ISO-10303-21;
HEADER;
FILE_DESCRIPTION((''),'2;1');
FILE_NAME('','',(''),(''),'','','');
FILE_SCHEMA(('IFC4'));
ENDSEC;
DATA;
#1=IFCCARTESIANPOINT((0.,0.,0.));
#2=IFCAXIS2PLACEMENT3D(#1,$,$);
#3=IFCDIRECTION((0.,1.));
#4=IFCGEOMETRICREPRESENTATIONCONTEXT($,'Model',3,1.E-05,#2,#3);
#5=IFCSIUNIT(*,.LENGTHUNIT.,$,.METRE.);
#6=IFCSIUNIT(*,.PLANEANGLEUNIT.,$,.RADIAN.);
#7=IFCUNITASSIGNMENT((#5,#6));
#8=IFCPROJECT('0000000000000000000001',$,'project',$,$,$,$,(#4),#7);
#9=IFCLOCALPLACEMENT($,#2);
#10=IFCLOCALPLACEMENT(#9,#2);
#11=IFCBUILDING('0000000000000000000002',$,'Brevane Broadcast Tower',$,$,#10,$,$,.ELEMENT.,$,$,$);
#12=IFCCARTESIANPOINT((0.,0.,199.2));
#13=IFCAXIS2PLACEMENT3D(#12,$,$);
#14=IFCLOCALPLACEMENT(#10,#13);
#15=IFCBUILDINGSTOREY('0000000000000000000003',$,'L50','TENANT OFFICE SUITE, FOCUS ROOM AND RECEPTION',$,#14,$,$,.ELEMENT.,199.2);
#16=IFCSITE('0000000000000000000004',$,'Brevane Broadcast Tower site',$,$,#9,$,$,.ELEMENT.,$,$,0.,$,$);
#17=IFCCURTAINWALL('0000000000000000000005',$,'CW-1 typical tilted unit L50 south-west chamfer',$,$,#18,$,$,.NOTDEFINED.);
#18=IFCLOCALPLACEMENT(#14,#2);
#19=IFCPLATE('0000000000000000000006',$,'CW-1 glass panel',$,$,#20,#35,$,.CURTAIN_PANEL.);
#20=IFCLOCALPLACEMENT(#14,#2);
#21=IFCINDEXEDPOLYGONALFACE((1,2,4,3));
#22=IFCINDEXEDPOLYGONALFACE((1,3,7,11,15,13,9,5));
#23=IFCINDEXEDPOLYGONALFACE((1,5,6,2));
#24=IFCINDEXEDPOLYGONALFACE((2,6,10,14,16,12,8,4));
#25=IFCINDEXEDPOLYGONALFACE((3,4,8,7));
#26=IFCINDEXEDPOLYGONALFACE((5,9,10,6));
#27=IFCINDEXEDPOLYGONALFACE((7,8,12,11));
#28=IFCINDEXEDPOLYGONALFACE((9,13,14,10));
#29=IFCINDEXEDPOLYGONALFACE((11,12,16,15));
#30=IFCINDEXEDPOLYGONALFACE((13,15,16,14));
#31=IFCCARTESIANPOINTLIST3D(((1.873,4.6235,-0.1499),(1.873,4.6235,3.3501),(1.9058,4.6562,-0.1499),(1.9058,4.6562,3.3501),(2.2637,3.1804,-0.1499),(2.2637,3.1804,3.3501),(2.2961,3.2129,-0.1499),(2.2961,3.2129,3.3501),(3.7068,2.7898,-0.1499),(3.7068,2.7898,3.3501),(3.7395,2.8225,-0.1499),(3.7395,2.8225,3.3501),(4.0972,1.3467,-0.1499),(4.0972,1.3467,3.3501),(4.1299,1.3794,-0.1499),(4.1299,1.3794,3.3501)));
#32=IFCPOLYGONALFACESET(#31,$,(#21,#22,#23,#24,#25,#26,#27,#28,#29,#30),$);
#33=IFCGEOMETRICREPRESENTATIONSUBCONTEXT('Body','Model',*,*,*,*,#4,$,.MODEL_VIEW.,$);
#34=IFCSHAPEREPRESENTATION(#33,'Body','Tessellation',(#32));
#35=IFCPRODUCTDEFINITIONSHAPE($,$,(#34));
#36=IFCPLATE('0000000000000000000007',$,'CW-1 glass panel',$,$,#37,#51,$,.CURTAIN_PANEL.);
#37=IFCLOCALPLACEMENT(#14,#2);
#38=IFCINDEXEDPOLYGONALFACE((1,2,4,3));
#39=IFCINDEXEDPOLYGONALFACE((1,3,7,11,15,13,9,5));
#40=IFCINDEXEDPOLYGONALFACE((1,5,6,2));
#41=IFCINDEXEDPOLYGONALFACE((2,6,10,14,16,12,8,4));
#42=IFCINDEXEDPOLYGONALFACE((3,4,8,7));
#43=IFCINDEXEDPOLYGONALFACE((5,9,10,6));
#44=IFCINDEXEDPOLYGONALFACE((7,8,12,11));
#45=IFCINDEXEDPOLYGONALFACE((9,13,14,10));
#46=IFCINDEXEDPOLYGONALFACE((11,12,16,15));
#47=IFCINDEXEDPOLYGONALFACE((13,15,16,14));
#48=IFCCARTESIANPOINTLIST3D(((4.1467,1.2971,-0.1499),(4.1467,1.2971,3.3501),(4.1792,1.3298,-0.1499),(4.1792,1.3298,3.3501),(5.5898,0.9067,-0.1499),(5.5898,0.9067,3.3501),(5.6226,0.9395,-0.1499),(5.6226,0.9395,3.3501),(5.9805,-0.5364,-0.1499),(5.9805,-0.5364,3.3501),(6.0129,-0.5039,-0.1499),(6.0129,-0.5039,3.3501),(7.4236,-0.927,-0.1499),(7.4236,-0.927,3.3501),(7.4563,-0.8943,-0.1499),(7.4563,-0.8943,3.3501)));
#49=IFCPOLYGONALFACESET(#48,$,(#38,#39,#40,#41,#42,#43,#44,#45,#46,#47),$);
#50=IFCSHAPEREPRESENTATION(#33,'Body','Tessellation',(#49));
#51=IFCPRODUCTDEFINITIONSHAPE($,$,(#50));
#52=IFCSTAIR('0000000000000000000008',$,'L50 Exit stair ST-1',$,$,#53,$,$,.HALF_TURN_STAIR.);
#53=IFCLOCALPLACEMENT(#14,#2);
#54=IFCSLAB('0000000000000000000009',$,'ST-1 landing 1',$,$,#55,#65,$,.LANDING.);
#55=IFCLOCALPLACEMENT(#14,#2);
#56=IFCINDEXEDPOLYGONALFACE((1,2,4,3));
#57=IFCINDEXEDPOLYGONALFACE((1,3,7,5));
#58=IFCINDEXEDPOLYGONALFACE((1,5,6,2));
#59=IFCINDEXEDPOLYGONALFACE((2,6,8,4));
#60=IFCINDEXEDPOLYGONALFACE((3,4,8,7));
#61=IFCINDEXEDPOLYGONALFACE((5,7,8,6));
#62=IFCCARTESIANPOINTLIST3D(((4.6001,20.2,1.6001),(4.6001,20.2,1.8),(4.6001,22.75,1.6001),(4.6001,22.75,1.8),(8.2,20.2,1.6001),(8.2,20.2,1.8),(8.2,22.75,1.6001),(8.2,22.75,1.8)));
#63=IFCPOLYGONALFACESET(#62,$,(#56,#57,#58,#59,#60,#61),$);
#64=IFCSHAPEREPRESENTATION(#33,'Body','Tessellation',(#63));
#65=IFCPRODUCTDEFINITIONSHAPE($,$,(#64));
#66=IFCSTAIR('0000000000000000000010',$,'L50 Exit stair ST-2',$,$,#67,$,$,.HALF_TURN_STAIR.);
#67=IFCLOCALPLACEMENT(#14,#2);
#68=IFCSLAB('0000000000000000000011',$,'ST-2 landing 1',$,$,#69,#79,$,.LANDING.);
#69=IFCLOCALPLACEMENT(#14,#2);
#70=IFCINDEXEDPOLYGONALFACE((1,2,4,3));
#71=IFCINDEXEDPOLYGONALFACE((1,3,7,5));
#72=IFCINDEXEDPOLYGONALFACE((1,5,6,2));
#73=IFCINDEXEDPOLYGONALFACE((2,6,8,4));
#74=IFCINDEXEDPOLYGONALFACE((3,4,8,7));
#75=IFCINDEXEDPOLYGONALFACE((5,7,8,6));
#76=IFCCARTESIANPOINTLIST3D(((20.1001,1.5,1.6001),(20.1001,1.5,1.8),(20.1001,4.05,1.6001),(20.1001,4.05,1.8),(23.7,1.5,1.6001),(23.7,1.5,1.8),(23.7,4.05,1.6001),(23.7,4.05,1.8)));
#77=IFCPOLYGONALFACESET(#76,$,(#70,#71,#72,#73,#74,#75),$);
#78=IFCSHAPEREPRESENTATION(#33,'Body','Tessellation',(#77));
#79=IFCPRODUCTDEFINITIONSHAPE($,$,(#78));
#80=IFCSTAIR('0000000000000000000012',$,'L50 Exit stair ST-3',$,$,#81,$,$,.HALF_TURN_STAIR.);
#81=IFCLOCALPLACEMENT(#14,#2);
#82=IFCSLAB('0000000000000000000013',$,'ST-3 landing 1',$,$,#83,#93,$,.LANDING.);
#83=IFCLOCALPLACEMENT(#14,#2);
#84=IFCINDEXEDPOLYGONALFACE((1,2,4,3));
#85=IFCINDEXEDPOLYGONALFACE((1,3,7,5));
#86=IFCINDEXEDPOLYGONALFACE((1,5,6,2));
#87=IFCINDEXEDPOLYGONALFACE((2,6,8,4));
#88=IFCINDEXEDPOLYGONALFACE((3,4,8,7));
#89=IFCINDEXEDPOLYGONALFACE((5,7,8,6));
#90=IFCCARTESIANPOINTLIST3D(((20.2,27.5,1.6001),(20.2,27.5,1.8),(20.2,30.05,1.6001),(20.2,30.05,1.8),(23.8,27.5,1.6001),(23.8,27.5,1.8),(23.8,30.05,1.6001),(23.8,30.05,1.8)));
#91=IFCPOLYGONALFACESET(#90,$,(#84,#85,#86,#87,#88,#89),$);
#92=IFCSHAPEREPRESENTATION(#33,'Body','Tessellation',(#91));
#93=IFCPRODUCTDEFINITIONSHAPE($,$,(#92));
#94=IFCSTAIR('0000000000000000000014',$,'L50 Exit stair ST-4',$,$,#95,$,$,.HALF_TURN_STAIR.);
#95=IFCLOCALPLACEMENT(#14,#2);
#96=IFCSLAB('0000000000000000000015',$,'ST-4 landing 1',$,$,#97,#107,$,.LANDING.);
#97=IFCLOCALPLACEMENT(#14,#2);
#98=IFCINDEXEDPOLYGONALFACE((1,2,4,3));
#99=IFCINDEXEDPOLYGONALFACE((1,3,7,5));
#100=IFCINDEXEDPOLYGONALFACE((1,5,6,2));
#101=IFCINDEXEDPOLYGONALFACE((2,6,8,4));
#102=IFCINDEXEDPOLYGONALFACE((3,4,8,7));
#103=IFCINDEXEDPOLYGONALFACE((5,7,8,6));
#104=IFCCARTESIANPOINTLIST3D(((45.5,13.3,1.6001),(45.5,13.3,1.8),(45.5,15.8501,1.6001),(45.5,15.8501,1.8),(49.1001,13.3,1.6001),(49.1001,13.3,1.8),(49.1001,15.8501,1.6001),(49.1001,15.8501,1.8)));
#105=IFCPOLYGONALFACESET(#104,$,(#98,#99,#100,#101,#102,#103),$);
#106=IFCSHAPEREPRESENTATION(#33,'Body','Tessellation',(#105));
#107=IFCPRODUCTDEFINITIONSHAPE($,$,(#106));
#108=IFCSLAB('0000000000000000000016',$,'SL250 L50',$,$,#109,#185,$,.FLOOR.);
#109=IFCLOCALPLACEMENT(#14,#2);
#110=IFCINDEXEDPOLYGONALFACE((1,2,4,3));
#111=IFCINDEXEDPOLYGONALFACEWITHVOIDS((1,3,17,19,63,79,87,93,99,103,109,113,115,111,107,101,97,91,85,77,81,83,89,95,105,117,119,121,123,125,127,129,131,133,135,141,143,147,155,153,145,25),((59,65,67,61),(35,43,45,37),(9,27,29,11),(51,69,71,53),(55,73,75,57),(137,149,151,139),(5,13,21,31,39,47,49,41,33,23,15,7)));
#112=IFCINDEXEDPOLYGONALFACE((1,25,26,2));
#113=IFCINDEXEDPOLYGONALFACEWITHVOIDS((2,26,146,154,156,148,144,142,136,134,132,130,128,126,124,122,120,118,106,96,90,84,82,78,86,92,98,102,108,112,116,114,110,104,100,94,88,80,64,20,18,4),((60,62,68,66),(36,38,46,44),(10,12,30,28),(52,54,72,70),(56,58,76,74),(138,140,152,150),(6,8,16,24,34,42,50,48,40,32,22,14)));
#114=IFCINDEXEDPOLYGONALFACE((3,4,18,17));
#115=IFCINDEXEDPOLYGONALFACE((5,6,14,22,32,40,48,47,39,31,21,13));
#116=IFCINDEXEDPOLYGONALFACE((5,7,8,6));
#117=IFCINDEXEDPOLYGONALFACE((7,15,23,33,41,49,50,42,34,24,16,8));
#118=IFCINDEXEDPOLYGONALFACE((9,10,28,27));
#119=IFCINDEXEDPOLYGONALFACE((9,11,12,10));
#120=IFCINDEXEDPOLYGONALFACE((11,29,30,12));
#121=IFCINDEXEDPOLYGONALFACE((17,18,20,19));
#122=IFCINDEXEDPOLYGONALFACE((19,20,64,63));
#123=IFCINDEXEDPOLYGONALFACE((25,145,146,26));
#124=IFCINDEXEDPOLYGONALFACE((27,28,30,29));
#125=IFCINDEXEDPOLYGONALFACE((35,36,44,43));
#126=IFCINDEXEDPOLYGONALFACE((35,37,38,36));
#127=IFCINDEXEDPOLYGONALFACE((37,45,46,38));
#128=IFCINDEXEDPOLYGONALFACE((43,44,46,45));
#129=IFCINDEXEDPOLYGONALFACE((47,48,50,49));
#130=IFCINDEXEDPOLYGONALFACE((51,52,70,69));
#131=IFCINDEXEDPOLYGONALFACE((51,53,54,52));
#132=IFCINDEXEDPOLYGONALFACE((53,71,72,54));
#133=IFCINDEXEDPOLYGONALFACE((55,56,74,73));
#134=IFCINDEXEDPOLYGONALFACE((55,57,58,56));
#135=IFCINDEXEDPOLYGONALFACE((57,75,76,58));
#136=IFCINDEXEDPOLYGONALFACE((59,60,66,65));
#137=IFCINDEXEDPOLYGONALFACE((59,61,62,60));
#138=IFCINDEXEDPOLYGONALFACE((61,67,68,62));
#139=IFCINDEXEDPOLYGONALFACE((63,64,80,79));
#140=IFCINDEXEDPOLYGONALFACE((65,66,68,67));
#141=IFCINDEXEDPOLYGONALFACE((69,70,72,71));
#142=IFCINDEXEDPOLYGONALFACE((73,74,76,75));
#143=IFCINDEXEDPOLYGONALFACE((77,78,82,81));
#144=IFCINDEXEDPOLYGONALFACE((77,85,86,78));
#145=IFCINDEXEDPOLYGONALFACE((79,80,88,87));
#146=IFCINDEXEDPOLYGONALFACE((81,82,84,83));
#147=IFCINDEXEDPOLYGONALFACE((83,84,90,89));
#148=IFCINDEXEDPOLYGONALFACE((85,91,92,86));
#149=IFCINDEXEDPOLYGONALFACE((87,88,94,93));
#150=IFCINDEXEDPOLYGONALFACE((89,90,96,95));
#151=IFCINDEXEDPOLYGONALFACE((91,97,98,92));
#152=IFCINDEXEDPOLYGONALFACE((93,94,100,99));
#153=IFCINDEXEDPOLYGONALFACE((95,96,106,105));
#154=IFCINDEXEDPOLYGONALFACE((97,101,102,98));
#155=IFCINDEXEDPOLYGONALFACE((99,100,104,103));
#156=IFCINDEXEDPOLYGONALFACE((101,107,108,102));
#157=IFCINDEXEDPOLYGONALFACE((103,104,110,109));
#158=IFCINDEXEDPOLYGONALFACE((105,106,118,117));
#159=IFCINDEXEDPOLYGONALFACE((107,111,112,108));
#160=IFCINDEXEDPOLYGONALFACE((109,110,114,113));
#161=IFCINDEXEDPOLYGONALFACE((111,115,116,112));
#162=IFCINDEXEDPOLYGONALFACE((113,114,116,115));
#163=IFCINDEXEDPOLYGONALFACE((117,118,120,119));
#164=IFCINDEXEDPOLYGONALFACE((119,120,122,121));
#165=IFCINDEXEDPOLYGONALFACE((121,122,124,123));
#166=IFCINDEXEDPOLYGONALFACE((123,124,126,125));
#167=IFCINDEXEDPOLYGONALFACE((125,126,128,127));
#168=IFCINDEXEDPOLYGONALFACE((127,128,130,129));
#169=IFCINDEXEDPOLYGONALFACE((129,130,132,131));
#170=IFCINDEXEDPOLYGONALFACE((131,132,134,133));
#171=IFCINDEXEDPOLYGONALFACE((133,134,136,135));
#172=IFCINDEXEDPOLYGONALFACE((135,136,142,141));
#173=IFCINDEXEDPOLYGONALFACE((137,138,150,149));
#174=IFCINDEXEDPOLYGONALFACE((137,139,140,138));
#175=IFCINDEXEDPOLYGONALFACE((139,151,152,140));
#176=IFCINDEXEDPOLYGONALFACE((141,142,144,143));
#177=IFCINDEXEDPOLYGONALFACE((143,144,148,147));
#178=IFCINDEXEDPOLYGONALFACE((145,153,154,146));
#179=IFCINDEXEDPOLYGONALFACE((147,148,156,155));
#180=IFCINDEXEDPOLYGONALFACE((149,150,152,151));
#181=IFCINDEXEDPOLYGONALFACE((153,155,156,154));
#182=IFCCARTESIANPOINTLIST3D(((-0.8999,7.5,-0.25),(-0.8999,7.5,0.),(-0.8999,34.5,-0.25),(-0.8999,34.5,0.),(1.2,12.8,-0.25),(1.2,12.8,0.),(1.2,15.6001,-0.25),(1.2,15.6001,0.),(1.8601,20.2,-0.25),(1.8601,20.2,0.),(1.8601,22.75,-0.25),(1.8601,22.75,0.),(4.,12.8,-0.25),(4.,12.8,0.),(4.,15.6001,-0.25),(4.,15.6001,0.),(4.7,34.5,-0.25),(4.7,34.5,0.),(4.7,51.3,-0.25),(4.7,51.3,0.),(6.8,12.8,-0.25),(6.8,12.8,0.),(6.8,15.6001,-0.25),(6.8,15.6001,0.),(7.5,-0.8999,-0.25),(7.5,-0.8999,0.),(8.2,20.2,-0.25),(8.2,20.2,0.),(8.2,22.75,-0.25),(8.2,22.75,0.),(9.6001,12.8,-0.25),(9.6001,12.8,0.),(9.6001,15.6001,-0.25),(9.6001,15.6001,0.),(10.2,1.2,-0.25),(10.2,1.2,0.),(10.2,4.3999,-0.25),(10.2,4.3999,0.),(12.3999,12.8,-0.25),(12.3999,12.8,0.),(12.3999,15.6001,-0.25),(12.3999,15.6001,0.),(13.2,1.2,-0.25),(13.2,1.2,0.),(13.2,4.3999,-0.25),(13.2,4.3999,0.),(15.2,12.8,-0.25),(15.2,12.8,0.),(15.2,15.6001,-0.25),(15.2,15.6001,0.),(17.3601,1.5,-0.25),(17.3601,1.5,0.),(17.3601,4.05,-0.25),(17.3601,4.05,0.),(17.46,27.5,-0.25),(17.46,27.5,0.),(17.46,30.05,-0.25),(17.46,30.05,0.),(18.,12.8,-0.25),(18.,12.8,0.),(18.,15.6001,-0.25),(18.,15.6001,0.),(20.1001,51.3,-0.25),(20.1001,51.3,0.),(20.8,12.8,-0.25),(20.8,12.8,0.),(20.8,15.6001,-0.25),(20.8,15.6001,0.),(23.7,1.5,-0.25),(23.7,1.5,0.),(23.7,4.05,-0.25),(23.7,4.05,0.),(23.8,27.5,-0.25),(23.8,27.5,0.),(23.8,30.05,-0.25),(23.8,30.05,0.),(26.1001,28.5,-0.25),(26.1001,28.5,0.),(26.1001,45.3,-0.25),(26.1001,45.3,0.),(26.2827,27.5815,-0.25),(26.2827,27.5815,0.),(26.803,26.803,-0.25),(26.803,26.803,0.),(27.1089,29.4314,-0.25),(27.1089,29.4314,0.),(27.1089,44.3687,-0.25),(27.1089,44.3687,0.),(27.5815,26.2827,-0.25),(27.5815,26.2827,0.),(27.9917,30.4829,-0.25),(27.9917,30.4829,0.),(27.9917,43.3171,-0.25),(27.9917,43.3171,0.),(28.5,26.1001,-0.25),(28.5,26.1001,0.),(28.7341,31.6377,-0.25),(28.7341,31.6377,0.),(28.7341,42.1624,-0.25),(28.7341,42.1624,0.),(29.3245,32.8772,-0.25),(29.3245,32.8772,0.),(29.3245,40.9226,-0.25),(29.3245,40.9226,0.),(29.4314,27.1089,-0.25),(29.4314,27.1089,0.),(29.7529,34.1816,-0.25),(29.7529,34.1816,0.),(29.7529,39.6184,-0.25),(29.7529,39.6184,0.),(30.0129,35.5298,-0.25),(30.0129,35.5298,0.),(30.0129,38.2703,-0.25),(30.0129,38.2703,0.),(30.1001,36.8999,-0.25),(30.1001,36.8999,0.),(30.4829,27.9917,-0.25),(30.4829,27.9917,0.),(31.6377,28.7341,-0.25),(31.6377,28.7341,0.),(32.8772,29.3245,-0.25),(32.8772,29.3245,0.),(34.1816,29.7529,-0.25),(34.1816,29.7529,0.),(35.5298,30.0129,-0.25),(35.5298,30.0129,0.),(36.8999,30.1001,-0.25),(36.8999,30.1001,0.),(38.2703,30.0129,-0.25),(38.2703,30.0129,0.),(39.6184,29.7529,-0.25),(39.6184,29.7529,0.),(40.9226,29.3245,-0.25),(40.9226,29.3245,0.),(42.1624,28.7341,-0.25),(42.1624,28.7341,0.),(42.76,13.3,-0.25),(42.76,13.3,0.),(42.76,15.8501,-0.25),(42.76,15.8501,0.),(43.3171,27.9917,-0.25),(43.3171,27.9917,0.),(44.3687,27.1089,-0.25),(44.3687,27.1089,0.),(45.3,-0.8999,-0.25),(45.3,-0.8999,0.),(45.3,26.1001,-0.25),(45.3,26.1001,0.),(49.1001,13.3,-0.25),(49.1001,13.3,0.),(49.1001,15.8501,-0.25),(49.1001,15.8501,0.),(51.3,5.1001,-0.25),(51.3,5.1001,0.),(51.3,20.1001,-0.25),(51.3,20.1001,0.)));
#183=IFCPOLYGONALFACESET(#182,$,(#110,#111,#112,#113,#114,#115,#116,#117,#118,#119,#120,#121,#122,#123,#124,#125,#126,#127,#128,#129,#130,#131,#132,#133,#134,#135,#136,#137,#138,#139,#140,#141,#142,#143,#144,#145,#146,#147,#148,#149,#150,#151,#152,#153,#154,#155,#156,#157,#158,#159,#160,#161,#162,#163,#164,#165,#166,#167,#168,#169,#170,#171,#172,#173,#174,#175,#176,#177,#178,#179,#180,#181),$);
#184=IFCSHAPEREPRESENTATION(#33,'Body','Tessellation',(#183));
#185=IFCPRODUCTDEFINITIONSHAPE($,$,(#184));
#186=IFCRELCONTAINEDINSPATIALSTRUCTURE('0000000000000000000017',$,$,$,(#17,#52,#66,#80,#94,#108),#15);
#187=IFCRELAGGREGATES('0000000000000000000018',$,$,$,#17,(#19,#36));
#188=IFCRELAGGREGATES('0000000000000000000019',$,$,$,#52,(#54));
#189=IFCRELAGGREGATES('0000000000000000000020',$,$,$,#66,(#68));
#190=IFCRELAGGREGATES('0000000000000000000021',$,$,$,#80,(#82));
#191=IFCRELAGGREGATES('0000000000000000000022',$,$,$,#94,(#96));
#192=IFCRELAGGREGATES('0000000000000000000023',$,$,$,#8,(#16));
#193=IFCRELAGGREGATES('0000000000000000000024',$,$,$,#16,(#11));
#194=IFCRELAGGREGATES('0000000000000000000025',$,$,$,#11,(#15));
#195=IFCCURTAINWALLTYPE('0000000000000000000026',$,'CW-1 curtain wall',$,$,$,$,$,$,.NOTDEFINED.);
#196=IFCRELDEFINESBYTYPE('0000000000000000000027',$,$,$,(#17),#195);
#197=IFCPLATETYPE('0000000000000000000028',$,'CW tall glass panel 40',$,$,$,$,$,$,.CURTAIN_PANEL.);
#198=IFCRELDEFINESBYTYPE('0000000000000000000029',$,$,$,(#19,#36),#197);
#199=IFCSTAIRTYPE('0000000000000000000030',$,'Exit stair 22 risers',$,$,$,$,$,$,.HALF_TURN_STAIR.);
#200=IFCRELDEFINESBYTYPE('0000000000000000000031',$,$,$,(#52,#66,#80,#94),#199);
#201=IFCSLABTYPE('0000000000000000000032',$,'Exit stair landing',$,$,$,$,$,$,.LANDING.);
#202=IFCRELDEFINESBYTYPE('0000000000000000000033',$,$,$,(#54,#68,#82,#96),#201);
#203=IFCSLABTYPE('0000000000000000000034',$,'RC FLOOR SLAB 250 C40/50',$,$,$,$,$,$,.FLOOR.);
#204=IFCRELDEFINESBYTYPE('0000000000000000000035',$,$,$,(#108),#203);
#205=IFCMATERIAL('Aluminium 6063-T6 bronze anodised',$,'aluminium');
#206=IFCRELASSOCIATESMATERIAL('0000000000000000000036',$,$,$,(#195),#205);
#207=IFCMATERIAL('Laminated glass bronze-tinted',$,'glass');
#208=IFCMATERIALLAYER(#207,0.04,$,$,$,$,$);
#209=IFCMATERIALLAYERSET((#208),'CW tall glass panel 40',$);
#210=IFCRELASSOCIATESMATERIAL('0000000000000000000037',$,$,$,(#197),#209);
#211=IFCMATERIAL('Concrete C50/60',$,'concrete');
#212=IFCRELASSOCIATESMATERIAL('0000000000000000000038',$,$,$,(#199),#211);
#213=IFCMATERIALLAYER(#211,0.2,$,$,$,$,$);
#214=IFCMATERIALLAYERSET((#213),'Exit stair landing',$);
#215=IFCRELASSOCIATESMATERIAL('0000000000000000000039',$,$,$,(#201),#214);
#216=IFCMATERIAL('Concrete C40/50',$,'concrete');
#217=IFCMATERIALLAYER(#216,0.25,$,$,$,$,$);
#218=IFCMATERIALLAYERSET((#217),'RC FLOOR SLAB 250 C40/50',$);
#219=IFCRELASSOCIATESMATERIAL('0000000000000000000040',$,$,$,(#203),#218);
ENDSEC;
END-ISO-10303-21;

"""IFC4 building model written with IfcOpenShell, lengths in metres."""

from ifc_helpers import new_model, si_unit, direction, frame, origin, place, context, subcontext, project, spatial, polyline, outline, extrude, material, layer, layer_set, type_object, element, aggregate, save


model = new_model("IFC4")

# Units and contexts
model_context = context("Model", 3, precision=1e-05, world=origin(), true_north=direction((0.0, 1.0)))
body_context = subcontext(model_context, "Body", "Model", "MODEL_VIEW")
ifc_project = project(units=[si_unit("LENGTHUNIT", "METRE"), si_unit("PLANEANGLEUNIT", "RADIAN")], contexts=[model_context])

# Site, building, storey
site_placement = place(None, origin())
site = spatial("IfcSite", under=ifc_project, at=site_placement, Name="Brevane Broadcast Tower site", CompositionType="ELEMENT", RefElevation=0.0)
building_placement = place(site_placement, origin())
building = spatial("IfcBuilding", under=site, at=building_placement, Name="Brevane Broadcast Tower", CompositionType="ELEMENT")
storey_placement = place(building_placement, frame((0.0, 0.0, 199.2)))
storey = spatial("IfcBuildingStorey", under=building, at=storey_placement, Name="L50", Description="TENANT OFFICE SUITE, FOCUS ROOM AND RECEPTION", CompositionType="ELEMENT", Elevation=199.2)

# Curtain wall
ifc_material_1 = material(Name="Aluminium 6063-T6 bronze anodised", Category="aluminium")
curtain_wall_type = type_object("IfcCurtainWallType", Name="CW-1 curtain wall", PredefinedType="NOTDEFINED", material=ifc_material_1)
curtain_wall_1_placement = place(storey_placement, origin())
curtain_wall_1 = element("IfcCurtainWall", 1, at=curtain_wall_1_placement, inside=storey, type_object=curtain_wall_type, Name="CW-1 typical tilted unit L50 south-west chamfer", PredefinedType="NOTDEFINED")

# Shared definitions
ifc_material_2 = material(Name="Laminated glass bronze-tinted", Category="glass")
ifc_layer_1 = layer(ifc_material_2, 0.04)
ifc_layer_set_1 = layer_set([ifc_layer_1], Name="CW tall glass panel 40")
plate_type = type_object("IfcPlateType", Name="CW tall glass panel 40", PredefinedType="CURTAIN_PANEL", material=ifc_layer_set_1)

# Plates
plate_1_placement = place(storey_placement, frame((0.0, 0.0, -0.1499)))
plate_1 = element("IfcPlate", 2, at=plate_1_placement, type_object=plate_type, Name="CW-1 glass panel", PredefinedType="CURTAIN_PANEL", context=body_context, shape_type="SweptSolid", body=[
    extrude(outline(polyline([(1.9058, 4.6562), (1.873, 4.6235), (2.2637, 3.1804), (3.7068, 2.7898), (4.0972, 1.3467), (4.1299, 1.3794), (3.7395, 2.8225), (2.2961, 3.2129), (1.9058, 4.6562)])), origin(), (0.0, 0.0, 1.0), 3.5),
])
plate_2_placement = place(storey_placement, frame((0.0, 0.0, -0.1499)))
plate_2 = element("IfcPlate", 3, at=plate_2_placement, type_object=plate_type, Name="CW-1 glass panel", PredefinedType="CURTAIN_PANEL", context=body_context, shape_type="SweptSolid", body=[
    extrude(outline(polyline([(4.1792, 1.3298), (4.1467, 1.2971), (5.5898, 0.9067), (5.9805, -0.5364), (7.4236, -0.927), (7.4563, -0.8943), (6.0129, -0.5039), (5.6226, 0.9395), (4.1792, 1.3298)])), origin(), (0.0, 0.0, 1.0), 3.5),
])
aggregate(curtain_wall_1, [plate_1, plate_2])

# Stairs, slabs
ifc_material_3 = material(Name="Concrete C50/60", Category="concrete")
stair_type = type_object("IfcStairType", Name="Exit stair 22 risers", PredefinedType="HALF_TURN_STAIR", material=ifc_material_3)
stair_1_placement = place(storey_placement, origin())
stair_1 = element("IfcStair", 4, at=stair_1_placement, inside=storey, type_object=stair_type, Name="L50 Exit stair ST-1", PredefinedType="HALF_TURN_STAIR")
ifc_layer_2 = layer(ifc_material_3, 0.2)
ifc_layer_set_2 = layer_set([ifc_layer_2], Name="Exit stair landing")
slab_type_1 = type_object("IfcSlabType", Name="Exit stair landing", PredefinedType="LANDING", material=ifc_layer_set_2)
slab_1_placement = place(storey_placement, frame((0.0, 0.0, 1.6001)))
slab_1 = element("IfcSlab", 5, at=slab_1_placement, type_object=slab_type_1, Name="ST-1 landing 1", PredefinedType="LANDING", context=body_context, shape_type="SweptSolid", body=[
    extrude(outline(polyline([(4.6001, 20.2), (8.2, 20.2), (8.2, 22.75), (4.6001, 22.75), (4.6001, 20.2)])), origin(), (0.0, 0.0, 1.0), 0.2),
])
aggregate(stair_1, [slab_1])
stair_2_placement = place(storey_placement, origin())
stair_2 = element("IfcStair", 6, at=stair_2_placement, inside=storey, type_object=stair_type, Name="L50 Exit stair ST-2", PredefinedType="HALF_TURN_STAIR")
slab_2_placement = place(storey_placement, frame((0.0, 0.0, 1.6001)))
slab_2 = element("IfcSlab", 7, at=slab_2_placement, type_object=slab_type_1, Name="ST-2 landing 1", PredefinedType="LANDING", context=body_context, shape_type="SweptSolid", body=[
    extrude(outline(polyline([(20.1001, 1.5), (23.7, 1.5), (23.7, 4.05), (20.1001, 4.05), (20.1001, 1.5)])), origin(), (0.0, 0.0, 1.0), 0.2),
])
aggregate(stair_2, [slab_2])
stair_3_placement = place(storey_placement, origin())
stair_3 = element("IfcStair", 8, at=stair_3_placement, inside=storey, type_object=stair_type, Name="L50 Exit stair ST-3", PredefinedType="HALF_TURN_STAIR")
slab_3_placement = place(storey_placement, frame((0.0, 0.0, 1.6001)))
slab_3 = element("IfcSlab", 9, at=slab_3_placement, type_object=slab_type_1, Name="ST-3 landing 1", PredefinedType="LANDING", context=body_context, shape_type="SweptSolid", body=[
    extrude(outline(polyline([(20.2, 27.5), (23.8, 27.5), (23.8, 30.05), (20.2, 30.05), (20.2, 27.5)])), origin(), (0.0, 0.0, 1.0), 0.2),
])
aggregate(stair_3, [slab_3])
stair_4_placement = place(storey_placement, origin())
stair_4 = element("IfcStair", 10, at=stair_4_placement, inside=storey, type_object=stair_type, Name="L50 Exit stair ST-4", PredefinedType="HALF_TURN_STAIR")
slab_4_placement = place(storey_placement, frame((0.0, 0.0, 1.6001)))
slab_4 = element("IfcSlab", 11, at=slab_4_placement, type_object=slab_type_1, Name="ST-4 landing 1", PredefinedType="LANDING", context=body_context, shape_type="SweptSolid", body=[
    extrude(outline(polyline([(45.5, 13.3), (49.1001, 13.3), (49.1001, 15.8501), (45.5, 15.8501), (45.5, 13.3)])), origin(), (0.0, 0.0, 1.0), 0.2),
])
aggregate(stair_4, [slab_4])

# Slab
ifc_material_4 = material(Name="Concrete C40/50", Category="concrete")
ifc_layer_3 = layer(ifc_material_4, 0.25)
ifc_layer_set_3 = layer_set([ifc_layer_3], Name="RC FLOOR SLAB 250 C40/50")
slab_type_2 = type_object("IfcSlabType", Name="RC FLOOR SLAB 250 C40/50", PredefinedType="FLOOR", material=ifc_layer_set_3)
slab_5_placement = place(storey_placement, frame((0.0, 0.0, -0.25)))
element("IfcSlab", 12, at=slab_5_placement, inside=storey, type_object=slab_type_2, Name="SL250 L50", PredefinedType="FLOOR", context=body_context, shape_type="SweptSolid", body=[
    extrude(outline(polyline([(-0.8999, 7.5), (-0.8999, 34.5), (4.7, 34.5), (4.7, 51.3), (20.1001, 51.3), (26.1001, 45.3), (27.1089, 44.3687), (27.9917, 43.3171), (28.7341, 42.1624), (29.3245, 40.9226), (29.7529, 39.6184), (30.0129, 38.2703), (30.1001, 36.8999), (30.0129, 35.5298), (29.7529, 34.1816), (29.3245, 32.8772), (28.7341, 31.6377), (27.9917, 30.4829), (27.1089, 29.4314), (26.1001, 28.5), (26.2827, 27.5815), (26.803, 26.803), (27.5815, 26.2827), (28.5, 26.1001), (29.4314, 27.1089), (30.4829, 27.9917), (31.6377, 28.7341), (32.8772, 29.3245), (34.1816, 29.7529), (35.5298, 30.0129), (36.8999, 30.1001), (38.2703, 30.0129), (39.6184, 29.7529), (40.9226, 29.3245), (42.1624, 28.7341), (43.3171, 27.9917), (44.3687, 27.1089), (45.3, 26.1001), (51.3, 20.1001), (51.3, 5.1001), (45.3, -0.8999), (7.5, -0.8999), (-0.8999, 7.5)]), holes=[polyline([(13.2, 4.3999), (10.2, 4.3999), (10.2, 1.2), (13.2, 1.2), (13.2, 4.3999)]), polyline([(4.0, 15.6001), (1.2, 15.6001), (1.2, 12.8), (4.0, 12.8), (6.8, 12.8), (9.6001, 12.8), (12.3999, 12.8), (15.2, 12.8), (15.2, 15.6001), (12.3999, 15.6001), (9.6001, 15.6001), (6.8, 15.6001), (4.0, 15.6001)]), polyline([(1.8601, 22.75), (1.8601, 20.2), (8.2, 20.2), (8.2, 22.75), (1.8601, 22.75)]), polyline([(23.7, 4.05), (17.3601, 4.05), (17.3601, 1.5), (23.7, 1.5), (23.7, 4.05)]), polyline([(20.8, 15.6001), (18.0, 15.6001), (18.0, 12.8), (20.8, 12.8), (20.8, 15.6001)]), polyline([(49.1001, 15.8501), (42.76, 15.8501), (42.76, 13.3), (49.1001, 13.3), (49.1001, 15.8501)]), polyline([(23.8, 30.05), (17.46, 30.05), (17.46, 27.5), (23.8, 27.5), (23.8, 30.05)])]), origin(), (0.0, 0.0, 1.0), 0.25),
])

save(model, "model.ifc")
